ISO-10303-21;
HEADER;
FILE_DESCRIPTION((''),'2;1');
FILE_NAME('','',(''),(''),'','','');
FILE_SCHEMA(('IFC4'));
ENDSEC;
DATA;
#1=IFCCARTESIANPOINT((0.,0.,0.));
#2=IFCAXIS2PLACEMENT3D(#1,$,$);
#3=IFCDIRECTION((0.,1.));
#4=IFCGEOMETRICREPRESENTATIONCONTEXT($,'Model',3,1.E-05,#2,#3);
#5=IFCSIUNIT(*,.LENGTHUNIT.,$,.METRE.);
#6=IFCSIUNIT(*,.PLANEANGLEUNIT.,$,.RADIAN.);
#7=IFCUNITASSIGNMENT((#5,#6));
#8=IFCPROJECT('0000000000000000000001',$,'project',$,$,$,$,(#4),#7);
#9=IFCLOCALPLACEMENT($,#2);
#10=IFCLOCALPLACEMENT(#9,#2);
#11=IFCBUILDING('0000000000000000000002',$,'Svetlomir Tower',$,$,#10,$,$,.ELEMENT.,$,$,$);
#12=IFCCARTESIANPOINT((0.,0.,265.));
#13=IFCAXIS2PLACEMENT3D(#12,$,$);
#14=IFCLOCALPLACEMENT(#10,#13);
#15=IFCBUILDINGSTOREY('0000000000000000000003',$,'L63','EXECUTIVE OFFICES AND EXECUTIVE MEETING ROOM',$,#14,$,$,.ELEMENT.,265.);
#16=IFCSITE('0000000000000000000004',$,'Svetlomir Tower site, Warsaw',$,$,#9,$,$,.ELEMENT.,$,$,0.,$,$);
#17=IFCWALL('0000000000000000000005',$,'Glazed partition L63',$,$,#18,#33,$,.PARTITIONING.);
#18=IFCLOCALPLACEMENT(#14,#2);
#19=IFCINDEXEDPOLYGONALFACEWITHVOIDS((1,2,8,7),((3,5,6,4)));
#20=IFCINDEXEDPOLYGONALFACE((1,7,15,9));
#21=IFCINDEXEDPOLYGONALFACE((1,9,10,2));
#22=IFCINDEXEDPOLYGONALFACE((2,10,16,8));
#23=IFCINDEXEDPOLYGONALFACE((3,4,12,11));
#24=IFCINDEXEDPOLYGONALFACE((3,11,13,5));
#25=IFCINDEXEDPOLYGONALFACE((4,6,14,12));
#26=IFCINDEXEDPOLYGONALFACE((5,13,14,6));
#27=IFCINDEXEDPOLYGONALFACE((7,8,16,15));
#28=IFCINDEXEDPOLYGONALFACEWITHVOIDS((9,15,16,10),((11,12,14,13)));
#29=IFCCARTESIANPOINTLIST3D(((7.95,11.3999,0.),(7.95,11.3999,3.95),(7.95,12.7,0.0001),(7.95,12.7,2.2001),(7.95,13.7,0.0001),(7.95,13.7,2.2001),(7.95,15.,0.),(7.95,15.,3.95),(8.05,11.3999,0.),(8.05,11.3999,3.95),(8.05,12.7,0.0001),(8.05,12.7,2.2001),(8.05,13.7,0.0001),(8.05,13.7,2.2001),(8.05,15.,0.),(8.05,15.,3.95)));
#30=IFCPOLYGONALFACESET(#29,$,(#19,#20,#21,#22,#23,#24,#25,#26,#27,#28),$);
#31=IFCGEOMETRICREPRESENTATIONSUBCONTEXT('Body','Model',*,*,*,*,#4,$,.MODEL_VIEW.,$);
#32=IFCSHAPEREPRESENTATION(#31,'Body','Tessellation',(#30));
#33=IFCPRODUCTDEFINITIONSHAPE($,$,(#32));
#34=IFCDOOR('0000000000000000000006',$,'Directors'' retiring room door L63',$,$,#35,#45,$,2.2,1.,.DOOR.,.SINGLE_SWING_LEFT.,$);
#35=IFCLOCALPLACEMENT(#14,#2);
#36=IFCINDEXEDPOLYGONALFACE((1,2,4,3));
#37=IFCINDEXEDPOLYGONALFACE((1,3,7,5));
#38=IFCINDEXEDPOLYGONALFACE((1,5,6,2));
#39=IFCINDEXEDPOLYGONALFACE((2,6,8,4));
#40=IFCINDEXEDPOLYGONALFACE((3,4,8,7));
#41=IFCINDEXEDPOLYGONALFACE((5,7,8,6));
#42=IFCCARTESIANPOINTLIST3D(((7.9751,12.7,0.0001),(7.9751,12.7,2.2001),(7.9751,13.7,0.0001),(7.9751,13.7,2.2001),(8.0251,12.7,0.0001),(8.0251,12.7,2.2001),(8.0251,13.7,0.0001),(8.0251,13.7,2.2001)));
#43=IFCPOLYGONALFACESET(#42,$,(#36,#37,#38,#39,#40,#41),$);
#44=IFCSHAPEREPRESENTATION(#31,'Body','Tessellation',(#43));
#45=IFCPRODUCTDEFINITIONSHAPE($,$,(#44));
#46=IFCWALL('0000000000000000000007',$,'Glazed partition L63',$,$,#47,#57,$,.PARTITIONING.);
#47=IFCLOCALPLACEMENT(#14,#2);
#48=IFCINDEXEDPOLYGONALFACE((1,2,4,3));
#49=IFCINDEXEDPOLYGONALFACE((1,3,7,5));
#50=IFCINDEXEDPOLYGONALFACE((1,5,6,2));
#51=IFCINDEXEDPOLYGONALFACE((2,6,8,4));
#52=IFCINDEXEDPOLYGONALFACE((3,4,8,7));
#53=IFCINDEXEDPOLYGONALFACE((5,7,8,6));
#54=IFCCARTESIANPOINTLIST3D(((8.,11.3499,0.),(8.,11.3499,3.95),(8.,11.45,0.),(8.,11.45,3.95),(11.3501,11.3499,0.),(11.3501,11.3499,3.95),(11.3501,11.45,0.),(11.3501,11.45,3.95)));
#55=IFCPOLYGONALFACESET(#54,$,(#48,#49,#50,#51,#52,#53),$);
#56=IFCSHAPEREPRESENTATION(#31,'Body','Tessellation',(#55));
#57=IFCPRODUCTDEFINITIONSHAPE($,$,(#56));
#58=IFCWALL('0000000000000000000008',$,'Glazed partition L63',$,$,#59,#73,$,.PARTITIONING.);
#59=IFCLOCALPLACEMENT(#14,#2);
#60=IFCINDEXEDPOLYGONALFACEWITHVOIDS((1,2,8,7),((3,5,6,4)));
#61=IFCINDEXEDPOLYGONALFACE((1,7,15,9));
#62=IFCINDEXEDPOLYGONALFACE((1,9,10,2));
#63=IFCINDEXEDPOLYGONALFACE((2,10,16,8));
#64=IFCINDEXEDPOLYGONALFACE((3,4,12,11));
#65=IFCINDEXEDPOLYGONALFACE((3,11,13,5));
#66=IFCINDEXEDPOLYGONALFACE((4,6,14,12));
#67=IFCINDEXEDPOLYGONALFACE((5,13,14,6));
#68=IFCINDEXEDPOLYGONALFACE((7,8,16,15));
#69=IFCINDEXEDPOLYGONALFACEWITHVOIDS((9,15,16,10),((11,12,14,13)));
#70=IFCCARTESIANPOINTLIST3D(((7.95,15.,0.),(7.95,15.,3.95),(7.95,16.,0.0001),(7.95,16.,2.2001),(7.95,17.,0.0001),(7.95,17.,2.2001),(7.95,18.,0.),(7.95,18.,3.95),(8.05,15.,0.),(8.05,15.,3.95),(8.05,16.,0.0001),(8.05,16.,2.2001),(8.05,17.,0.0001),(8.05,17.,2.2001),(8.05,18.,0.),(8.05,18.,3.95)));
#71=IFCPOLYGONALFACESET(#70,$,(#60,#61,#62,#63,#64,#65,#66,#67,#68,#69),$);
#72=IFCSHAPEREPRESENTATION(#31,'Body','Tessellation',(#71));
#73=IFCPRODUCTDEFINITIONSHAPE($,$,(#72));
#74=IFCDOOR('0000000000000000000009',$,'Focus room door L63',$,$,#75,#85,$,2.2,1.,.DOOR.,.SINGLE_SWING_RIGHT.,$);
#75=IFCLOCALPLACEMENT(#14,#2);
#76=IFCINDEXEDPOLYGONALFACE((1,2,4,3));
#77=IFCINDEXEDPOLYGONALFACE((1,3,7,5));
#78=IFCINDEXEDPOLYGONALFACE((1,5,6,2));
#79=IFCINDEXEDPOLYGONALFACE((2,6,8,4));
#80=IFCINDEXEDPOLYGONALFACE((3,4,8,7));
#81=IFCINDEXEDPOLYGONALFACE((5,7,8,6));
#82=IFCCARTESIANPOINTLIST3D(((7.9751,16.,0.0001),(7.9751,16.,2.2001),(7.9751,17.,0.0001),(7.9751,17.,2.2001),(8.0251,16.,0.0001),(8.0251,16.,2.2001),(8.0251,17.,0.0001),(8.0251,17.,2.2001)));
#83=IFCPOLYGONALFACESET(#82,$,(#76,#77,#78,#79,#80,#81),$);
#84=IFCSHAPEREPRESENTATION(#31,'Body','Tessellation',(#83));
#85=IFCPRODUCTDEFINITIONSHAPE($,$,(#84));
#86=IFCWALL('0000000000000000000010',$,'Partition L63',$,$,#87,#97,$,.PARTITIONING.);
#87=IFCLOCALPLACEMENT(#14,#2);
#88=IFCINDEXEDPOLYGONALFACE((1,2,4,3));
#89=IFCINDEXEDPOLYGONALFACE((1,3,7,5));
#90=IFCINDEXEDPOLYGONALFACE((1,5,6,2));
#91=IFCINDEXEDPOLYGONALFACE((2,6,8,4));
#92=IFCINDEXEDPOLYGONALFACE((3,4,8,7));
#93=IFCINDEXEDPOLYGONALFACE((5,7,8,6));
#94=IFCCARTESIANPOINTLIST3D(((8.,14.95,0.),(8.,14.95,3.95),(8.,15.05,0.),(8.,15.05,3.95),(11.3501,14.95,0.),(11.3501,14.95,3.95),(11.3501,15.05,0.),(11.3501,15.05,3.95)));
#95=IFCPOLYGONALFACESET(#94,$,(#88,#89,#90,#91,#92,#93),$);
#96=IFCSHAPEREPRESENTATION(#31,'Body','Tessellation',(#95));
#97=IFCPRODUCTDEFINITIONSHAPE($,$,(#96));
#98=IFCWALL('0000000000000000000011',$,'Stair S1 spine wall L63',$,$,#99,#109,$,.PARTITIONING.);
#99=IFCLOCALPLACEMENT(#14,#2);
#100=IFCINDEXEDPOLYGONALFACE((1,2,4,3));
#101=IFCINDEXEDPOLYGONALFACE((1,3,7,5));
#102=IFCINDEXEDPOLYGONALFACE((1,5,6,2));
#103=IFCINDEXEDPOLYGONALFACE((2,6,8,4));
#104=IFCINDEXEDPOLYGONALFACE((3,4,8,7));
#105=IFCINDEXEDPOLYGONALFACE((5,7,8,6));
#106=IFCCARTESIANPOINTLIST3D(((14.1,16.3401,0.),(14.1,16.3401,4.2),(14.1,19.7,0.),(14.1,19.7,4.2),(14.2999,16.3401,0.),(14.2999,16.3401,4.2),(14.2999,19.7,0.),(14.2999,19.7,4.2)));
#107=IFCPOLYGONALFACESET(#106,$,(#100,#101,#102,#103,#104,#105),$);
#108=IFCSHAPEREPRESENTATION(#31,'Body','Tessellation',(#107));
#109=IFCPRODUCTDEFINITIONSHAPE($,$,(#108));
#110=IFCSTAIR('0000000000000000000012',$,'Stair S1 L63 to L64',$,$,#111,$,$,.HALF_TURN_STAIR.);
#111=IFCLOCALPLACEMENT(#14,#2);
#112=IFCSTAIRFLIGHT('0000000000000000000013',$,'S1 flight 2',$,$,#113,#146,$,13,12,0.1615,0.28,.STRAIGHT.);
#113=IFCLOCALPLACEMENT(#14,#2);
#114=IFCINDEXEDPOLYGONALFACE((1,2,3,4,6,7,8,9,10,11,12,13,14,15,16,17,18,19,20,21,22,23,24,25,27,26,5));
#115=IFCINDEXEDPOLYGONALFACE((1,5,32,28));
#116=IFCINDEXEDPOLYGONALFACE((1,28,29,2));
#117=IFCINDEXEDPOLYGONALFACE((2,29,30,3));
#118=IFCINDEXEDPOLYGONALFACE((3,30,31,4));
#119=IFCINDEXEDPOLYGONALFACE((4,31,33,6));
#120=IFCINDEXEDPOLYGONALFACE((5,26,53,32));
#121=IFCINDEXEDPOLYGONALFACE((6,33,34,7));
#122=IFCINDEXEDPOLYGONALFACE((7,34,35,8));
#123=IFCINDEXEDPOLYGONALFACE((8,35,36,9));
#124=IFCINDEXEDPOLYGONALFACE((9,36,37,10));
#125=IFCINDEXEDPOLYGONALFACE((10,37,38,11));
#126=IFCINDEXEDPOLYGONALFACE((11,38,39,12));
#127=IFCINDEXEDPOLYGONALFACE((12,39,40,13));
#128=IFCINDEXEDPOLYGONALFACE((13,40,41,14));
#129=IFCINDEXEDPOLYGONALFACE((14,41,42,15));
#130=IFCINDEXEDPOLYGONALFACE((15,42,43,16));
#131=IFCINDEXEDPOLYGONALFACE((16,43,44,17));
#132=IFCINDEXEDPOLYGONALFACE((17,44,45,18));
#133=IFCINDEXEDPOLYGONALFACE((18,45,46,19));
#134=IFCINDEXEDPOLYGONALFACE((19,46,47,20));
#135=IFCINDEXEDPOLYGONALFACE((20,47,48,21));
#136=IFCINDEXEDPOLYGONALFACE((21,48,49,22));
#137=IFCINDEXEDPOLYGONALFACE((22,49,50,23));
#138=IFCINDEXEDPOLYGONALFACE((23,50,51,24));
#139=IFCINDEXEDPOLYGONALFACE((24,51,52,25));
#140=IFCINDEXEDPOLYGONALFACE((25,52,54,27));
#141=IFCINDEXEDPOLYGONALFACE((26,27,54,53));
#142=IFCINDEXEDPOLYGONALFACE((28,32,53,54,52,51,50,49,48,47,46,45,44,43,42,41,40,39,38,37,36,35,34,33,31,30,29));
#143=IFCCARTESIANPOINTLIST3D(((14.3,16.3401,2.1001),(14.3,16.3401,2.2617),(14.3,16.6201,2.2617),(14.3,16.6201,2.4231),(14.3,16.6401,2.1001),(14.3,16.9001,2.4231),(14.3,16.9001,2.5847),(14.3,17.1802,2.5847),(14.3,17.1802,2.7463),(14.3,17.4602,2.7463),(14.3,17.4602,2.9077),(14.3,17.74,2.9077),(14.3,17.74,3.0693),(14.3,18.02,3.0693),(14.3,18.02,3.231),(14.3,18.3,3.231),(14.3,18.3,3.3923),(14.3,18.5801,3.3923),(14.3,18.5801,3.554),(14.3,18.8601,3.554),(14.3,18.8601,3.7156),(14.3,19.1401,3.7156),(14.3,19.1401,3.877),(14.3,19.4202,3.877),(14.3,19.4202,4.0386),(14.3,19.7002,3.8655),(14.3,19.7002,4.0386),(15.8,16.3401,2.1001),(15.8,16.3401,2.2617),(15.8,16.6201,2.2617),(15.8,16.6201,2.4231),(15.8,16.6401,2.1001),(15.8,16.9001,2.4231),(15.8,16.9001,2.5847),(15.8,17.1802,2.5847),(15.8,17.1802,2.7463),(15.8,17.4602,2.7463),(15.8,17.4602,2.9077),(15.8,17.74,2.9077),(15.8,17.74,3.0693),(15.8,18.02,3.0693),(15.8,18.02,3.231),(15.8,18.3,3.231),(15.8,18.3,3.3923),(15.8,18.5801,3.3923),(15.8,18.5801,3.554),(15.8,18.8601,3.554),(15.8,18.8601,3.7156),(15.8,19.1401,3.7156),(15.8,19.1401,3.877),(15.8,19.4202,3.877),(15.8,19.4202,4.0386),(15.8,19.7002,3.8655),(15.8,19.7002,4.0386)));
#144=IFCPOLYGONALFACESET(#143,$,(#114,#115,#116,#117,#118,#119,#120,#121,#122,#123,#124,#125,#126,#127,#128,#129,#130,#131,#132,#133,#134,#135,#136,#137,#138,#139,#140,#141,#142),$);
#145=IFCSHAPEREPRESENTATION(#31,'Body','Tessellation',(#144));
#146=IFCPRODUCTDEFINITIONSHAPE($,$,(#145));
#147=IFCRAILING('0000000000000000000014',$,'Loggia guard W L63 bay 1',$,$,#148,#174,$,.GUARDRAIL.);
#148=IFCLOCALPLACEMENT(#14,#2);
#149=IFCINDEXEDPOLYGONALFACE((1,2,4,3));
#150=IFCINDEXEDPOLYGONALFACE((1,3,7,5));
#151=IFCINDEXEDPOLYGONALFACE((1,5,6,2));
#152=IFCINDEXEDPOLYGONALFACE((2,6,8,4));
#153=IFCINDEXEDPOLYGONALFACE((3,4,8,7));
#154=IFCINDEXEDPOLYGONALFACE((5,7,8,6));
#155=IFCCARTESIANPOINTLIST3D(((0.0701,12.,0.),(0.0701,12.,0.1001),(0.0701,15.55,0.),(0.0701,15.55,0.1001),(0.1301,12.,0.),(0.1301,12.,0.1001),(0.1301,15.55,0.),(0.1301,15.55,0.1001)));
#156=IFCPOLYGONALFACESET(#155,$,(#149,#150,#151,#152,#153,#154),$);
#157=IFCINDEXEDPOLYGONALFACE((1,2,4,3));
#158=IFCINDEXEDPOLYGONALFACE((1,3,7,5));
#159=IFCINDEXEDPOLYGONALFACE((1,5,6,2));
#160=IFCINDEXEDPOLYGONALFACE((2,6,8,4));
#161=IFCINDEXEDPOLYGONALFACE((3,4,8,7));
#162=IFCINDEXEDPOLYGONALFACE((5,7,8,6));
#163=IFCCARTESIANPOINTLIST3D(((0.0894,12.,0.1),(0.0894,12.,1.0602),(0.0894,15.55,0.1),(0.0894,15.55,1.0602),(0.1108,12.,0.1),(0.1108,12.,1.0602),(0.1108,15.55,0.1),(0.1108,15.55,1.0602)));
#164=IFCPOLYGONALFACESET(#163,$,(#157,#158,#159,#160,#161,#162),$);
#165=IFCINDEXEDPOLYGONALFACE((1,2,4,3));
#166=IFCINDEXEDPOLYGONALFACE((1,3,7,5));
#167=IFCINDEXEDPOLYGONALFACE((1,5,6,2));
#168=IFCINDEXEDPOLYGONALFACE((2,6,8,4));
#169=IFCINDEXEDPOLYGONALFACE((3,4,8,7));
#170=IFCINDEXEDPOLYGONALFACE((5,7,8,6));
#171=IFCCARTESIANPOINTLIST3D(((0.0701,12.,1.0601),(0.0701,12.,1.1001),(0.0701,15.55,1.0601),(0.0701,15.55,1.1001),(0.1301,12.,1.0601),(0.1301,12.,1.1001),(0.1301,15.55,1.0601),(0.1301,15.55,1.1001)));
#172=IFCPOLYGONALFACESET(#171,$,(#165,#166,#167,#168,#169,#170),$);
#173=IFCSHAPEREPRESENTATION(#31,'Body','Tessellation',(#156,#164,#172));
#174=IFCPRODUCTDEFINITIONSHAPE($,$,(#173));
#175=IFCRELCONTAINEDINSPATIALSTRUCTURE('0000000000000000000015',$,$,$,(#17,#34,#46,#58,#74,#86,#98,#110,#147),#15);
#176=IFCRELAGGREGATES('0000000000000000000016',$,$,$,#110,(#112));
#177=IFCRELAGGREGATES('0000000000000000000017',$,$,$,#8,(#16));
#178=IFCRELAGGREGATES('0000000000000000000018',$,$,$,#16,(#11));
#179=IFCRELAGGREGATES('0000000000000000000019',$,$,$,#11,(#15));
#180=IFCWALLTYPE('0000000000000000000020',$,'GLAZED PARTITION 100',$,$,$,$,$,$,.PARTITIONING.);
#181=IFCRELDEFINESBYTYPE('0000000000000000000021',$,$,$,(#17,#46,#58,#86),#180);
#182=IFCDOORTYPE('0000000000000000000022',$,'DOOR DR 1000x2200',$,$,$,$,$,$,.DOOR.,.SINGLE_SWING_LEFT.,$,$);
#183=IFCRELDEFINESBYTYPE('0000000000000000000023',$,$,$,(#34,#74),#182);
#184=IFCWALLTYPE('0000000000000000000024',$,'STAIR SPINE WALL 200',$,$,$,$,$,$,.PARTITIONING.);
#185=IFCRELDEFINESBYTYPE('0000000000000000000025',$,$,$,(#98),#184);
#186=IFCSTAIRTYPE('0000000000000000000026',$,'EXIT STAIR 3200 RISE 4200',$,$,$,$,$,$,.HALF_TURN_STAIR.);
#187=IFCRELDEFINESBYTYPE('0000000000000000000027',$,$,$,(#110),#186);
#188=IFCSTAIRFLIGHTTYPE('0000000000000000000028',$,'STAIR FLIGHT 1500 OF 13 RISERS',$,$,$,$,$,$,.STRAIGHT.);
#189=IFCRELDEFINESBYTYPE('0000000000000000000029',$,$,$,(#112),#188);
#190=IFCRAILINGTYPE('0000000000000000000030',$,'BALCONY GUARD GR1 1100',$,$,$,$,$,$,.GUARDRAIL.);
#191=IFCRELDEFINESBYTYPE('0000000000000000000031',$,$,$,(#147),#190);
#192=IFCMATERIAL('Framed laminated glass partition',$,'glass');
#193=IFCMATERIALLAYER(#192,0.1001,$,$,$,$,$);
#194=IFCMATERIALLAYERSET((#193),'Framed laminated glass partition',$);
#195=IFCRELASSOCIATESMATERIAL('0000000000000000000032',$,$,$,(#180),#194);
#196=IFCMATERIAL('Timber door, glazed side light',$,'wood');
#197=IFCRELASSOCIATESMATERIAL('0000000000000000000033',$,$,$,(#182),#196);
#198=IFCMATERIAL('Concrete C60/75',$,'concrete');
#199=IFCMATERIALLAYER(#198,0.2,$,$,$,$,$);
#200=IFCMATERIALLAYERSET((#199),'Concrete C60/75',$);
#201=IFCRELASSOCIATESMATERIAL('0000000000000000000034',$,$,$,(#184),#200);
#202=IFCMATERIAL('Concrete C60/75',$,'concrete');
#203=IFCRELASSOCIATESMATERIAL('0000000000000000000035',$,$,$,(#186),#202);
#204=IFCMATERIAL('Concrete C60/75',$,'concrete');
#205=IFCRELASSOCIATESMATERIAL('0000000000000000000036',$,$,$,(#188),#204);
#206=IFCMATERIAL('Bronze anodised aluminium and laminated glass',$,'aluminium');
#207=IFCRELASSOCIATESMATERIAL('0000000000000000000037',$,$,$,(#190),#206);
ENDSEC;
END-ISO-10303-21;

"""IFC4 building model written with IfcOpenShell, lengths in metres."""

from ifc_helpers import new_model, si_unit, direction, frame, frame_2d, origin, origin_2d, place, context, subcontext, project, spatial, polyline, rectangle, outline, extrude, material, layer, layer_set, type_object, element, fill, aggregate, save


model = new_model("IFC4")

# Units and contexts
model_context = context("Model", 3, precision=1e-05, world=origin(), true_north=direction((0.0, 1.0)))
body_context = subcontext(model_context, "Body", "Model", "MODEL_VIEW")
ifc_project = project(units=[si_unit("LENGTHUNIT", "METRE"), si_unit("PLANEANGLEUNIT", "RADIAN")], contexts=[model_context])

# Site, building, storey
site_placement = place(None, origin())
site = spatial("IfcSite", under=ifc_project, at=site_placement, Name="Svetlomir Tower site, Warsaw", CompositionType="ELEMENT", RefElevation=0.0)
building_placement = place(site_placement, origin())
building = spatial("IfcBuilding", under=site, at=building_placement, Name="Svetlomir Tower", CompositionType="ELEMENT")
storey_placement = place(building_placement, frame((0.0, 0.0, 265.0)))
storey = spatial("IfcBuildingStorey", under=building, at=storey_placement, Name="L63", Description="EXECUTIVE OFFICES AND EXECUTIVE MEETING ROOM", CompositionType="ELEMENT", Elevation=265.0)

# Wall, opening, door
ifc_material_1 = material(Name="Framed laminated glass partition", Category="glass")
ifc_layer_1 = layer(ifc_material_1, 0.1001)
ifc_layer_set_1 = layer_set([ifc_layer_1], Name="Framed laminated glass partition")
wall_type_1 = type_object("IfcWallType", Name="GLAZED PARTITION 100", PredefinedType="PARTITIONING", material=ifc_layer_set_1)
wall_1_placement = place(storey_placement, frame((8.0, 11.3999, 0.0), z_axis=(0.0, 0.0, 1.0), x_axis=(0.0, 1.0, 0.0)))
wall_1 = element("IfcWall", 1, at=wall_1_placement, inside=storey, type_object=wall_type_1, Name="Glazed partition L63", PredefinedType="PARTITIONING", context=body_context, shape_type="SweptSolid", body=[
    extrude(rectangle(XDim=3.6001, YDim=0.1001, at=frame_2d((1.8, 0.0))), origin(), (0.0, 0.0, 1.0), 3.95),
])
opening_1_placement = place(wall_1_placement, frame((1.3, 0.0, 0.0)))
opening_1 = element("IfcOpeningElement", 2, at=opening_1_placement, cuts=wall_1, PredefinedType="OPENING", context=body_context, shape_type="SweptSolid", body=[
    extrude(rectangle(XDim=1.0, YDim=2.2, at=frame_2d((0.5, 1.1001))), frame((0.0, 0.0601, 0.0), z_axis=(0.0, -1.0, 0.0), x_axis=(1.0, 0.0, 0.0)), (0.0, 0.0, 1.0), 0.1201),
])
ifc_material_2 = material(Name="Timber door, glazed side light", Category="wood")
door_type_1 = type_object("IfcDoorType", Name="DOOR DR 1000x2200", OperationType="SINGLE_SWING_LEFT", PredefinedType="DOOR", material=ifc_material_2)
door_1_placement = place(opening_1_placement, origin())
door_1 = element("IfcDoor", 3, at=door_1_placement, inside=storey, type_object=door_type_1, Name="Directors' retiring room door L63", OperationType="SINGLE_SWING_LEFT", OverallHeight=2.2, OverallWidth=1.0, PredefinedType="DOOR", context=body_context, shape_type="SweptSolid", body=[
    extrude(rectangle(XDim=1.0, YDim=2.2, at=frame_2d((0.5, 1.1001))), frame((0.0, 0.0249, 0.0), z_axis=(0.0, -1.0, 0.0), x_axis=(1.0, 0.0, 0.0)), (0.0, 0.0, 1.0), 0.05),
])
fill(opening_1, door_1)

# Wall
wall_2_placement = place(storey_placement, frame((8.0, 11.3999, 0.0), z_axis=(0.0, 0.0, 1.0), x_axis=(1.0, 0.0, 0.0)))
element("IfcWall", 4, at=wall_2_placement, inside=storey, type_object=wall_type_1, Name="Glazed partition L63", PredefinedType="PARTITIONING", context=body_context, shape_type="SweptSolid", body=[
    extrude(rectangle(XDim=3.3501, YDim=0.1001, at=frame_2d((1.675, 0.0))), origin(), (0.0, 0.0, 1.0), 3.95),
])

# Wall, opening, door
wall_3_placement = place(storey_placement, frame((8.0, 15.0, 0.0), z_axis=(0.0, 0.0, 1.0), x_axis=(0.0, 1.0, 0.0)))
wall_3 = element("IfcWall", 5, at=wall_3_placement, inside=storey, type_object=wall_type_1, Name="Glazed partition L63", PredefinedType="PARTITIONING", context=body_context, shape_type="SweptSolid", body=[
    extrude(rectangle(XDim=3.0, YDim=0.1001, at=frame_2d((1.5, 0.0))), origin(), (0.0, 0.0, 1.0), 3.95),
])
opening_2_placement = place(wall_3_placement, frame((1.0, 0.0, 0.0)))
opening_2 = element("IfcOpeningElement", 6, at=opening_2_placement, cuts=wall_3, PredefinedType="OPENING", context=body_context, shape_type="SweptSolid", body=[
    extrude(rectangle(XDim=1.0, YDim=2.2, at=frame_2d((0.5, 1.1001))), frame((0.0, 0.0601, 0.0), z_axis=(0.0, -1.0, 0.0), x_axis=(1.0, 0.0, 0.0)), (0.0, 0.0, 1.0), 0.1201),
])
door_2_placement = place(opening_2_placement, origin())
door_2 = element("IfcDoor", 7, at=door_2_placement, inside=storey, type_object=door_type_1, Name="Focus room door L63", OperationType="SINGLE_SWING_RIGHT", OverallHeight=2.2, OverallWidth=1.0, PredefinedType="DOOR", context=body_context, shape_type="SweptSolid", body=[
    extrude(rectangle(XDim=1.0, YDim=2.2, at=frame_2d((0.5, 1.1001))), frame((0.0, 0.0249, 0.0), z_axis=(0.0, -1.0, 0.0), x_axis=(1.0, 0.0, 0.0)), (0.0, 0.0, 1.0), 0.05),
])
fill(opening_2, door_2)

# Walls
wall_4_placement = place(storey_placement, frame((8.0, 15.0, 0.0), z_axis=(0.0, 0.0, 1.0), x_axis=(1.0, 0.0, 0.0)))
element("IfcWall", 8, at=wall_4_placement, inside=storey, type_object=wall_type_1, Name="Partition L63", PredefinedType="PARTITIONING", context=body_context, shape_type="SweptSolid", body=[
    extrude(rectangle(XDim=3.3501, YDim=0.1001, at=frame_2d((1.675, 0.0))), origin(), (0.0, 0.0, 1.0), 3.95),
])
ifc_material_3 = material(Name="Concrete C60/75", Category="concrete")
ifc_layer_2 = layer(ifc_material_3, 0.2)
ifc_layer_set_2 = layer_set([ifc_layer_2], Name="Concrete C60/75")
wall_type_2 = type_object("IfcWallType", Name="STAIR SPINE WALL 200", PredefinedType="PARTITIONING", material=ifc_layer_set_2)
wall_5_placement = place(storey_placement, frame((14.2, 16.3401, 0.0), z_axis=(0.0, 0.0, 1.0), x_axis=(0.0, 1.0, 0.0)))
element("IfcWall", 9, at=wall_5_placement, inside=storey, type_object=wall_type_2, Name="Stair S1 spine wall L63", PredefinedType="PARTITIONING", context=body_context, shape_type="SweptSolid", body=[
    extrude(rectangle(XDim=3.3599, YDim=0.2, at=frame_2d((1.6799, 0.0))), origin(), (0.0, 0.0, 1.0), 4.2),
])

# Stair, stair flight
ifc_material_4 = material(Name="Concrete C60/75", Category="concrete")
stair_type = type_object("IfcStairType", Name="EXIT STAIR 3200 RISE 4200", PredefinedType="HALF_TURN_STAIR", material=ifc_material_4)
stair_placement = place(storey_placement, origin())
stair = element("IfcStair", 10, at=stair_placement, inside=storey, type_object=stair_type, Name="Stair S1 L63 to L64", PredefinedType="HALF_TURN_STAIR")
ifc_material_5 = material(Name="Concrete C60/75", Category="concrete")
stair_flight_type = type_object("IfcStairFlightType", Name="STAIR FLIGHT 1500 OF 13 RISERS", PredefinedType="STRAIGHT", material=ifc_material_5)
stair_flight_placement = place(storey_placement, frame((15.05, 16.3401, 2.1001), z_axis=(0.0, 0.0, 1.0), x_axis=(0.0, 1.0, 0.0)))
stair_flight = element("IfcStairFlight", 11, at=stair_flight_placement, type_object=stair_flight_type, Name="S1 flight 2", NumberOfRisers=13, NumberOfTreads=12, PredefinedType="STRAIGHT", RiserHeight=0.1615, TreadLength=0.28, context=body_context, shape_type="SweptSolid", body=[
    extrude(outline(polyline([(0.0, 0.0), (0.0, 0.1616), (0.28, 0.1616), (0.28, 0.323), (0.5601, 0.323), (0.5601, 0.4846), (0.8401, 0.4846), (0.8401, 0.6462), (1.1201, 0.6462), (1.1201, 0.8076), (1.3999, 0.8076), (1.3999, 0.9692), (1.6799, 0.9692), (1.6799, 1.1309), (1.96, 1.1309), (1.96, 1.2922), (2.24, 1.2922), (2.24, 1.4539), (2.52, 1.4539), (2.52, 1.6155), (2.8, 1.6155), (2.8, 1.7769), (3.0801, 1.7769), (3.0801, 1.9385), (3.3601, 1.9385), (3.3601, 2.1001), (3.3601, 1.7654), (0.3, 0.0), (0.0, 0.0)])), frame((0.0, 0.75, 0.0), z_axis=(0.0, -1.0, 0.0), x_axis=(1.0, 0.0, 0.0)), (0.0, 0.0, 1.0), 1.5),
])
aggregate(stair, [stair_flight])

# Railing
ifc_material_6 = material(Name="Bronze anodised aluminium and laminated glass", Category="aluminium")
railing_type = type_object("IfcRailingType", Name="BALCONY GUARD GR1 1100", PredefinedType="GUARDRAIL", material=ifc_material_6)
for number, where, name in (
    (12, (0.1001, 12.0, 0.0), "Loggia guard W L63 bay 1"),
):
    element("IfcRailing", number, at=place(storey_placement, frame(where)), inside=storey, type_object=railing_type, Name=name, PredefinedType="GUARDRAIL", context=body_context, shape_type="SweptSolid", body=[
        extrude(rectangle(XDim=0.0601, YDim=0.1001, at=origin_2d()), frame((0.0, 0.0, 0.05), z_axis=(0.0, 1.0, 0.0), x_axis=(-1.0, 0.0, 0.0)), (0.0, 0.0, 1.0), 3.55),
        extrude(rectangle(XDim=0.0215, YDim=0.9602, at=origin_2d()), frame((0.0, 0.0, 0.5801), z_axis=(0.0, 1.0, 0.0), x_axis=(-1.0, 0.0, 0.0)), (0.0, 0.0, 1.0), 3.55),
        extrude(rectangle(XDim=0.0601, YDim=0.04, at=origin_2d()), frame((0.0, 0.0, 1.0801), z_axis=(0.0, 1.0, 0.0), x_axis=(-1.0, 0.0, 0.0)), (0.0, 0.0, 1.0), 3.55),
    ])

save(model, "model.ifc")
